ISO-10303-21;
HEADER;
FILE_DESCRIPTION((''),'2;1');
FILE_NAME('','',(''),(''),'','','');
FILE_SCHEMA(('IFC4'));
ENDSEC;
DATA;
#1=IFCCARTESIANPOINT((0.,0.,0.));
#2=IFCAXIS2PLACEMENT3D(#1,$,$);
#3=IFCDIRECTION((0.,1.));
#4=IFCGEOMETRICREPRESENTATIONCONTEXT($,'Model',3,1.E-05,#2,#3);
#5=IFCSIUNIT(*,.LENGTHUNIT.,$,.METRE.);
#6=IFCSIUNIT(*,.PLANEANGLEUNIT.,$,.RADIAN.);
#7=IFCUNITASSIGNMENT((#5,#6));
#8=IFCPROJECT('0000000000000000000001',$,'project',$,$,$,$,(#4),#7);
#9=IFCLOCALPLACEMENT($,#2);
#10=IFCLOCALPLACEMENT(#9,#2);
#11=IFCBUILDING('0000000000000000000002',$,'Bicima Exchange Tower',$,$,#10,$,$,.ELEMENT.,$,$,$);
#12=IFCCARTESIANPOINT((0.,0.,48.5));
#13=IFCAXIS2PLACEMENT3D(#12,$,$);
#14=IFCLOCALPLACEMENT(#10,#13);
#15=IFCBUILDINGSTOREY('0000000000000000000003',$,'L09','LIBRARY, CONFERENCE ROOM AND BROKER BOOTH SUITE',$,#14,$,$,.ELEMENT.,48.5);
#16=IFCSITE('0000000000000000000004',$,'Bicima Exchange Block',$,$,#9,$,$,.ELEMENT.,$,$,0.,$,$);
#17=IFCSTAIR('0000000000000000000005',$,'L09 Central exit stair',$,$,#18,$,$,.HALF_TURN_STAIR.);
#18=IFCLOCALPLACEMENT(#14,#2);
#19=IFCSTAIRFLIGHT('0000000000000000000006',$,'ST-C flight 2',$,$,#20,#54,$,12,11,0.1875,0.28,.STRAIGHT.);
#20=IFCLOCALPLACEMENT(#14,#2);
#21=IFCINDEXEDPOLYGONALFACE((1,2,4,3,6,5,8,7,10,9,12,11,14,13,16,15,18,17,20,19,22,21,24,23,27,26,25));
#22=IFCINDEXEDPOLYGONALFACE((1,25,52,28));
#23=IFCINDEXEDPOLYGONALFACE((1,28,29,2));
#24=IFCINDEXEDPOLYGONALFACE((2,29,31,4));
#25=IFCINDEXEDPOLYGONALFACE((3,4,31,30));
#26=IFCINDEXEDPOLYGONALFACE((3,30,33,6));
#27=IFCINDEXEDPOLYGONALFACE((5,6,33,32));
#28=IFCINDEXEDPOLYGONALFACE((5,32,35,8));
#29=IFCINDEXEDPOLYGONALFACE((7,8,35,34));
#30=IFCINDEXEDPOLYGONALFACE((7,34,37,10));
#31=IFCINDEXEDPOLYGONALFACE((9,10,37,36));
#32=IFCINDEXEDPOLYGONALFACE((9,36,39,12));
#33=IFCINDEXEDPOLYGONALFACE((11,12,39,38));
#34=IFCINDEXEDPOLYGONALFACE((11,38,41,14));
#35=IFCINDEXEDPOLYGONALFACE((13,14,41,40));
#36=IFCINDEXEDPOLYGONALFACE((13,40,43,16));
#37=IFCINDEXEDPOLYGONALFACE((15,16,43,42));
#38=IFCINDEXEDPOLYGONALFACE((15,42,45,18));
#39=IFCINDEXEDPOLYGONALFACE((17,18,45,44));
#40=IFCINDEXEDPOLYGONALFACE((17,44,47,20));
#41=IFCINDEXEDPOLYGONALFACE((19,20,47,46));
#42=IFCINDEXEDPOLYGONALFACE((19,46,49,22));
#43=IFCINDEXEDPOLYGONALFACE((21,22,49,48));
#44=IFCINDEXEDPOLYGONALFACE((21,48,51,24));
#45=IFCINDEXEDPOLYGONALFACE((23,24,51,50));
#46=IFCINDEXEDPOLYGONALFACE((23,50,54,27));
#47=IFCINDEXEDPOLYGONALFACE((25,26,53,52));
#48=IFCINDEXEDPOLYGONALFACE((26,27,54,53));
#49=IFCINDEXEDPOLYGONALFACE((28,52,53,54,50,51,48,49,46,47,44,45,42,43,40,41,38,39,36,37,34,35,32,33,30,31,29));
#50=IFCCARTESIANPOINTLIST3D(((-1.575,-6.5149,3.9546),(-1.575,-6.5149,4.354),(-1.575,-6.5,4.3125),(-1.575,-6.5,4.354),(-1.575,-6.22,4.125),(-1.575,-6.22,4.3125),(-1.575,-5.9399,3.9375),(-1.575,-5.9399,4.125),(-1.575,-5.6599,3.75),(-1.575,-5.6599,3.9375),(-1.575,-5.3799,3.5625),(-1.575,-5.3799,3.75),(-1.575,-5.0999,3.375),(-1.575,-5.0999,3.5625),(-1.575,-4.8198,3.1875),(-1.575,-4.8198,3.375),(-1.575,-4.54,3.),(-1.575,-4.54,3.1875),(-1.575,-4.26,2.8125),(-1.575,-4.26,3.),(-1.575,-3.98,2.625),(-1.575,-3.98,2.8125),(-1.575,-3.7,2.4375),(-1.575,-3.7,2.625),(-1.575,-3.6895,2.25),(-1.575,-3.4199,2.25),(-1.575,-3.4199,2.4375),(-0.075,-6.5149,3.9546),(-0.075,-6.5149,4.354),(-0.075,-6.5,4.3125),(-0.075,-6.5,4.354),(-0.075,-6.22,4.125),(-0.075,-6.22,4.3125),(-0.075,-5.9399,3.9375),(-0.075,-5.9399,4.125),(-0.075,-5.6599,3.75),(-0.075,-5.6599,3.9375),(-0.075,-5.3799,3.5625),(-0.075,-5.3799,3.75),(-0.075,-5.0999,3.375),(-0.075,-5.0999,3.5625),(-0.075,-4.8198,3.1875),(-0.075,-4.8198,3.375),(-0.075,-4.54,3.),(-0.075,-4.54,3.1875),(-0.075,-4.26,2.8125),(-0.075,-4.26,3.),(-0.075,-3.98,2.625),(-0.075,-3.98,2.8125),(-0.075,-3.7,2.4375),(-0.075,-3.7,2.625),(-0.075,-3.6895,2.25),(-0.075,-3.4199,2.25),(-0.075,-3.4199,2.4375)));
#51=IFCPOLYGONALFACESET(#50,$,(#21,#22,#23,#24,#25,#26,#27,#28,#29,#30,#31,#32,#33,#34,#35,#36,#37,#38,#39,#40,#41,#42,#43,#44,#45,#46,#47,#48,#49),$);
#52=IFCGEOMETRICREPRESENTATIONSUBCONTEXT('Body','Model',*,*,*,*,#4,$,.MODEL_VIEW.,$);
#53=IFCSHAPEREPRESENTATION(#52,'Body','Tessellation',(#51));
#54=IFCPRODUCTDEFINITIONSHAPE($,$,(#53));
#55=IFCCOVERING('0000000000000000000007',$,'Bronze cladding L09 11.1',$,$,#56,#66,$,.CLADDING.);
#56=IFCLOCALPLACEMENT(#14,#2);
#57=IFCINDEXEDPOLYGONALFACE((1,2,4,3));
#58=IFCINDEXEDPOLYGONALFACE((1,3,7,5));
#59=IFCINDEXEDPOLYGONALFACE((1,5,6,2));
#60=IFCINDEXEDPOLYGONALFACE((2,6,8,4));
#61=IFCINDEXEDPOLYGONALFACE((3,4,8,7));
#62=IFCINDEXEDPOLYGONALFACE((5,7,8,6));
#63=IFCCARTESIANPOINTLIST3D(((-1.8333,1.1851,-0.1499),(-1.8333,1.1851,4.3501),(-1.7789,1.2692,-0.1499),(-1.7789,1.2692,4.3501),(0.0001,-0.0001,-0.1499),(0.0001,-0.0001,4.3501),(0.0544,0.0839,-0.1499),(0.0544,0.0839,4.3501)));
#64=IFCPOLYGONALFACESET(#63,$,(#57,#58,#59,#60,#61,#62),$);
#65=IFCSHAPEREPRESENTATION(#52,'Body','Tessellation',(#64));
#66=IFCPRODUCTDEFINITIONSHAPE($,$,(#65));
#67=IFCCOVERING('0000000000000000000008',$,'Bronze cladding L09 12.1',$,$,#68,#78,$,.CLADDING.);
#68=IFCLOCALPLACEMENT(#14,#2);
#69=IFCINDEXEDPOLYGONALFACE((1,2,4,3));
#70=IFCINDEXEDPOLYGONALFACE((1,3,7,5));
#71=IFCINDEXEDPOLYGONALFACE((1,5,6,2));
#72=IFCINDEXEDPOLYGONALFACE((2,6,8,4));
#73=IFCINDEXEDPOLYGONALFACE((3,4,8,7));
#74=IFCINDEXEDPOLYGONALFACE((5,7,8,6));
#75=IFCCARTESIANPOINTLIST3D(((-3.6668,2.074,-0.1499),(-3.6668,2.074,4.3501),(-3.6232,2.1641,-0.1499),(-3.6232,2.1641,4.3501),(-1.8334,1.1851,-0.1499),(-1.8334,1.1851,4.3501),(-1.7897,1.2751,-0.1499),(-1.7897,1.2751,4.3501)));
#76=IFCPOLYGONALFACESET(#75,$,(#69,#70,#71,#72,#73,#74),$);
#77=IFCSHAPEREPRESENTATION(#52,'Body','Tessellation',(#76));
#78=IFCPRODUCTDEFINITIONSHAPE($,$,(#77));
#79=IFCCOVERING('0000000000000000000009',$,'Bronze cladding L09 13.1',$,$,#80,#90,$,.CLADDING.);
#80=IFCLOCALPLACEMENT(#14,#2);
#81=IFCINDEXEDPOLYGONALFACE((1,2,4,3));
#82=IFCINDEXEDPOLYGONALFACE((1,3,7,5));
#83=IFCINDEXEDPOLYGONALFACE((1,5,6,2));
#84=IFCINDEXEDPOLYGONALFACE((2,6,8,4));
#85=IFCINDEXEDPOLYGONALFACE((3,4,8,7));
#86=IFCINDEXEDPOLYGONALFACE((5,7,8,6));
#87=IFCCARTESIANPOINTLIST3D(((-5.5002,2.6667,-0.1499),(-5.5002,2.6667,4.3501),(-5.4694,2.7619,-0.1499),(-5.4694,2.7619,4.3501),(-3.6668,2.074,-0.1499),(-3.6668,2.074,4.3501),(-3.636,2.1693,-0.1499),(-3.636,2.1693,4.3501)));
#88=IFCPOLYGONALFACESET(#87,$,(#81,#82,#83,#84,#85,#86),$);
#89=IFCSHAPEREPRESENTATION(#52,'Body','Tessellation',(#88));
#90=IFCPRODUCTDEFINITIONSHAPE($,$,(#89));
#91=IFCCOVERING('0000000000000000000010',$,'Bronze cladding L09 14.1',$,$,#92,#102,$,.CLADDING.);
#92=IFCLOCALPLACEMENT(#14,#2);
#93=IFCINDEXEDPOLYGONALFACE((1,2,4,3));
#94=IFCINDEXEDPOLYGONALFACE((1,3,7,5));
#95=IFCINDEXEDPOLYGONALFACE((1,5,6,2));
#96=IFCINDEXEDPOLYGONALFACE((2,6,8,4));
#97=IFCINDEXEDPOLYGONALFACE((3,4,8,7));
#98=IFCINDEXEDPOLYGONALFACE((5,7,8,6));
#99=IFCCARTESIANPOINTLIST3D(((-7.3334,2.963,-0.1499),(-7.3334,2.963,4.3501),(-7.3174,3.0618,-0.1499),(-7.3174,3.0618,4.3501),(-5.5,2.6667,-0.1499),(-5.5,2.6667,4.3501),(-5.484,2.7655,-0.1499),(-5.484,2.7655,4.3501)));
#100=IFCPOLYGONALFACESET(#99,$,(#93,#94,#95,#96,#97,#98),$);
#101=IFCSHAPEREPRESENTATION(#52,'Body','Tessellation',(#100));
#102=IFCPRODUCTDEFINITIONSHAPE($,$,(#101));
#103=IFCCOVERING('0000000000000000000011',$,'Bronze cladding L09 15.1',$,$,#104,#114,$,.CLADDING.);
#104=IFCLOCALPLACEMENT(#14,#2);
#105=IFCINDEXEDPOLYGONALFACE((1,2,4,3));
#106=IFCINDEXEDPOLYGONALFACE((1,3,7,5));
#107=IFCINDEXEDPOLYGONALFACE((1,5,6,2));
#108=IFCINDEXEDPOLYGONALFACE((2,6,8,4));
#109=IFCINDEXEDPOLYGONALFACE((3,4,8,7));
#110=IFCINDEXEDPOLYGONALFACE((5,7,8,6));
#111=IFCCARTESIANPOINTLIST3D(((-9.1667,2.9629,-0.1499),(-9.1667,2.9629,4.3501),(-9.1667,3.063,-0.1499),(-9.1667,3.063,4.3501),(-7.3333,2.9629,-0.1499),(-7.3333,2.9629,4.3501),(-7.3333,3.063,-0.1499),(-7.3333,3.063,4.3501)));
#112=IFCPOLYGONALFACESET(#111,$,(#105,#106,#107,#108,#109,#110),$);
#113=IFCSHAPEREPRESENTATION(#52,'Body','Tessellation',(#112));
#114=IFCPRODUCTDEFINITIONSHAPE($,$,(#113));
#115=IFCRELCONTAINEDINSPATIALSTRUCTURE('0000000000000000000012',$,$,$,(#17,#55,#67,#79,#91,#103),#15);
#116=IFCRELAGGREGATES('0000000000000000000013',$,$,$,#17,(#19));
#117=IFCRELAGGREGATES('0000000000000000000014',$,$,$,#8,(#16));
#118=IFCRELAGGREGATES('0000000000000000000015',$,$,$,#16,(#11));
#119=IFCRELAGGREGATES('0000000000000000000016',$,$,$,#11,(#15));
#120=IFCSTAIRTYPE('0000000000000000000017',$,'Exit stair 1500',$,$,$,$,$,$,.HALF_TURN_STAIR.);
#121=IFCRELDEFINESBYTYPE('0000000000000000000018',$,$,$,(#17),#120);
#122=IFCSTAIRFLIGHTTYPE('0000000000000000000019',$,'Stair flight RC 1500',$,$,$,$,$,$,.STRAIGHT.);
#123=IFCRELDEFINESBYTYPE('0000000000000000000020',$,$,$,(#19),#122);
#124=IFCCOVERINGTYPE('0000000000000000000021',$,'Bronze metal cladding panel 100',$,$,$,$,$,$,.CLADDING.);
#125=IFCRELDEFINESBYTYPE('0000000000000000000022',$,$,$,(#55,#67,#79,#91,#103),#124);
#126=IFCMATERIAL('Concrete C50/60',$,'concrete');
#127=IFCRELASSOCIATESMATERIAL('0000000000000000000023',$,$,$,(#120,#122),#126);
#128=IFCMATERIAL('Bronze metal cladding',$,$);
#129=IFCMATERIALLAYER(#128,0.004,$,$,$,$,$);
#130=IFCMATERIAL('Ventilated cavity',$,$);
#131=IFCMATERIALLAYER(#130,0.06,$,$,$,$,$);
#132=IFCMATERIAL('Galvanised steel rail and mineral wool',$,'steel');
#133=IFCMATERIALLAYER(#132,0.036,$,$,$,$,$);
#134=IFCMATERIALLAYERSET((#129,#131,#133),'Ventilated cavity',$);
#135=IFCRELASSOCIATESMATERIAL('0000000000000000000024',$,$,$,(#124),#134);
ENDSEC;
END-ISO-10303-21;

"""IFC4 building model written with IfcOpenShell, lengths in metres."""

from ifc_helpers import new_model, si_unit, direction, frame, origin, origin_2d, place, context, subcontext, project, spatial, polyline, rectangle, outline, extrude, material, layer, layer_set, type_object, element, aggregate, save


model = new_model("IFC4")

# Units and contexts
model_context = context("Model", 3, precision=1e-05, world=origin(), true_north=direction((0.0, 1.0)))
body_context = subcontext(model_context, "Body", "Model", "MODEL_VIEW")
ifc_project = project(units=[si_unit("LENGTHUNIT", "METRE"), si_unit("PLANEANGLEUNIT", "RADIAN")], contexts=[model_context])

# Site, building, storey
site_placement = place(None, origin())
site = spatial("IfcSite", under=ifc_project, at=site_placement, Name="Bicima Exchange Block", CompositionType="ELEMENT", RefElevation=0.0)
building_placement = place(site_placement, origin())
building = spatial("IfcBuilding", under=site, at=building_placement, Name="Bicima Exchange Tower", CompositionType="ELEMENT")
storey_placement = place(building_placement, frame((0.0, 0.0, 48.5)))
storey = spatial("IfcBuildingStorey", under=building, at=storey_placement, Name="L09", Description="LIBRARY, CONFERENCE ROOM AND BROKER BOOTH SUITE", CompositionType="ELEMENT", Elevation=48.5)

# Shared definitions
ifc_material_1 = material(Name="Concrete C50/60", Category="concrete")

# Stair, stair flight
stair_type = type_object("IfcStairType", Name="Exit stair 1500", PredefinedType="HALF_TURN_STAIR", material=ifc_material_1)
stair_placement = place(storey_placement, origin())
stair = element("IfcStair", 1, at=stair_placement, inside=storey, type_object=stair_type, Name="L09 Central exit stair", PredefinedType="HALF_TURN_STAIR")
stair_flight_type = type_object("IfcStairFlightType", Name="Stair flight RC 1500", PredefinedType="STRAIGHT", material=ifc_material_1)
stair_flight_placement = place(storey_placement, frame((-0.825, -3.4199, 2.25), z_axis=(0.0, 0.0, 1.0), x_axis=(0.0, -1.0, 0.0)))
stair_flight = element("IfcStairFlight", 2, at=stair_flight_placement, type_object=stair_flight_type, Name="ST-C flight 2", NumberOfRisers=12, NumberOfTreads=11, PredefinedType="STRAIGHT", RiserHeight=0.1875, TreadLength=0.28, context=body_context, shape_type="SweptSolid", body=[
    extrude(outline(polyline([(0.0, 0.0), (0.0, 0.1875), (0.28, 0.1875), (0.28, 0.375), (0.5601, 0.375), (0.5601, 0.5625), (0.8401, 0.5625), (0.8401, 0.75), (1.1201, 0.75), (1.1201, 0.9375), (1.3999, 0.9375), (1.3999, 1.125), (1.6799, 1.125), (1.6799, 1.3125), (1.96, 1.3125), (1.96, 1.5), (2.24, 1.5), (2.24, 1.6875), (2.52, 1.6875), (2.52, 1.875), (2.8, 1.875), (2.8, 2.0625), (3.0801, 2.0625), (3.0801, 2.104), (3.095, 2.104), (3.095, 1.7046), (0.2695, 0.0), (0.0, 0.0)])), frame((0.0, 0.75, 0.0), z_axis=(0.0, -1.0, 0.0), x_axis=(1.0, 0.0, 0.0)), (0.0, 0.0, 1.0), 1.5),
])
aggregate(stair, [stair_flight])

# Coverings
ifc_material_2 = material(Name="Bronze metal cladding")
ifc_layer_1 = layer(ifc_material_2, 0.004)
ifc_material_3 = material(Name="Ventilated cavity")
ifc_layer_2 = layer(ifc_material_3, 0.06)
ifc_material_4 = material(Name="Galvanised steel rail and mineral wool", Category="steel")
ifc_layer_3 = layer(ifc_material_4, 0.036)
ifc_layer_set_1 = layer_set([ifc_layer_1, ifc_layer_2, ifc_layer_3], Name="Ventilated cavity")
covering_type = type_object("IfcCoveringType", Name="Bronze metal cladding panel 100", PredefinedType="CLADDING", material=ifc_layer_set_1)
covering_1_placement = place(storey_placement, frame((-0.8894, 0.6345, -0.1499), z_axis=(0.0, 0.0, 1.0), x_axis=(-0.83979, 0.542911, 0.0)))
element("IfcCovering", 3, at=covering_1_placement, inside=storey, type_object=covering_type, Name="Bronze cladding L09 11.1", PredefinedType="CLADDING", context=body_context, shape_type="SweptSolid", body=[
    extrude(rectangle(XDim=2.1831, YDim=0.1001, at=origin_2d()), origin(), (0.0, 0.0, 1.0), 4.5),
])
covering_2_placement = place(storey_placement, frame((-2.7283, 1.6746, -0.1499), z_axis=(0.0, 0.0, 1.0), x_axis=(-0.899818, 0.436265, 0.0)))
element("IfcCovering", 4, at=covering_2_placement, inside=storey, type_object=covering_type, Name="Bronze cladding L09 12.1", PredefinedType="CLADDING", context=body_context, shape_type="SweptSolid", body=[
    extrude(rectangle(XDim=2.0376, YDim=0.1001, at=origin_2d()), origin(), (0.0, 0.0, 1.0), 4.5),
])
covering_3_placement = place(storey_placement, frame((-4.5681, 2.418, -0.1499), z_axis=(0.0, 0.0, 1.0), x_axis=(-0.951525, 0.307573, 0.0)))
element("IfcCovering", 5, at=covering_3_placement, inside=storey, type_object=covering_type, Name="Bronze cladding L09 13.1", PredefinedType="CLADDING", context=body_context, shape_type="SweptSolid", body=[
    extrude(rectangle(XDim=1.9268, YDim=0.1001, at=origin_2d()), origin(), (0.0, 0.0, 1.0), 4.5),
])
covering_4_placement = place(storey_placement, frame((-6.4087, 2.8643, -0.1499), z_axis=(0.0, 0.0, 1.0), x_axis=(-0.98719, 0.15955, 0.0)))
element("IfcCovering", 6, at=covering_4_placement, inside=storey, type_object=covering_type, Name="Bronze cladding L09 14.1", PredefinedType="CLADDING", context=body_context, shape_type="SweptSolid", body=[
    extrude(rectangle(XDim=1.8572, YDim=0.1001, at=origin_2d()), origin(), (0.0, 0.0, 1.0), 4.5),
])
covering_5_placement = place(storey_placement, frame((-8.25, 3.0129, -0.1499), z_axis=(0.0, 0.0, 1.0), x_axis=(-1.0, 0.0, 0.0)))
element("IfcCovering", 7, at=covering_5_placement, inside=storey, type_object=covering_type, Name="Bronze cladding L09 15.1", PredefinedType="CLADDING", context=body_context, shape_type="SweptSolid", body=[
    extrude(rectangle(XDim=1.8335, YDim=0.1001, at=origin_2d()), origin(), (0.0, 0.0, 1.0), 4.5),
])

save(model, "model.ifc")
